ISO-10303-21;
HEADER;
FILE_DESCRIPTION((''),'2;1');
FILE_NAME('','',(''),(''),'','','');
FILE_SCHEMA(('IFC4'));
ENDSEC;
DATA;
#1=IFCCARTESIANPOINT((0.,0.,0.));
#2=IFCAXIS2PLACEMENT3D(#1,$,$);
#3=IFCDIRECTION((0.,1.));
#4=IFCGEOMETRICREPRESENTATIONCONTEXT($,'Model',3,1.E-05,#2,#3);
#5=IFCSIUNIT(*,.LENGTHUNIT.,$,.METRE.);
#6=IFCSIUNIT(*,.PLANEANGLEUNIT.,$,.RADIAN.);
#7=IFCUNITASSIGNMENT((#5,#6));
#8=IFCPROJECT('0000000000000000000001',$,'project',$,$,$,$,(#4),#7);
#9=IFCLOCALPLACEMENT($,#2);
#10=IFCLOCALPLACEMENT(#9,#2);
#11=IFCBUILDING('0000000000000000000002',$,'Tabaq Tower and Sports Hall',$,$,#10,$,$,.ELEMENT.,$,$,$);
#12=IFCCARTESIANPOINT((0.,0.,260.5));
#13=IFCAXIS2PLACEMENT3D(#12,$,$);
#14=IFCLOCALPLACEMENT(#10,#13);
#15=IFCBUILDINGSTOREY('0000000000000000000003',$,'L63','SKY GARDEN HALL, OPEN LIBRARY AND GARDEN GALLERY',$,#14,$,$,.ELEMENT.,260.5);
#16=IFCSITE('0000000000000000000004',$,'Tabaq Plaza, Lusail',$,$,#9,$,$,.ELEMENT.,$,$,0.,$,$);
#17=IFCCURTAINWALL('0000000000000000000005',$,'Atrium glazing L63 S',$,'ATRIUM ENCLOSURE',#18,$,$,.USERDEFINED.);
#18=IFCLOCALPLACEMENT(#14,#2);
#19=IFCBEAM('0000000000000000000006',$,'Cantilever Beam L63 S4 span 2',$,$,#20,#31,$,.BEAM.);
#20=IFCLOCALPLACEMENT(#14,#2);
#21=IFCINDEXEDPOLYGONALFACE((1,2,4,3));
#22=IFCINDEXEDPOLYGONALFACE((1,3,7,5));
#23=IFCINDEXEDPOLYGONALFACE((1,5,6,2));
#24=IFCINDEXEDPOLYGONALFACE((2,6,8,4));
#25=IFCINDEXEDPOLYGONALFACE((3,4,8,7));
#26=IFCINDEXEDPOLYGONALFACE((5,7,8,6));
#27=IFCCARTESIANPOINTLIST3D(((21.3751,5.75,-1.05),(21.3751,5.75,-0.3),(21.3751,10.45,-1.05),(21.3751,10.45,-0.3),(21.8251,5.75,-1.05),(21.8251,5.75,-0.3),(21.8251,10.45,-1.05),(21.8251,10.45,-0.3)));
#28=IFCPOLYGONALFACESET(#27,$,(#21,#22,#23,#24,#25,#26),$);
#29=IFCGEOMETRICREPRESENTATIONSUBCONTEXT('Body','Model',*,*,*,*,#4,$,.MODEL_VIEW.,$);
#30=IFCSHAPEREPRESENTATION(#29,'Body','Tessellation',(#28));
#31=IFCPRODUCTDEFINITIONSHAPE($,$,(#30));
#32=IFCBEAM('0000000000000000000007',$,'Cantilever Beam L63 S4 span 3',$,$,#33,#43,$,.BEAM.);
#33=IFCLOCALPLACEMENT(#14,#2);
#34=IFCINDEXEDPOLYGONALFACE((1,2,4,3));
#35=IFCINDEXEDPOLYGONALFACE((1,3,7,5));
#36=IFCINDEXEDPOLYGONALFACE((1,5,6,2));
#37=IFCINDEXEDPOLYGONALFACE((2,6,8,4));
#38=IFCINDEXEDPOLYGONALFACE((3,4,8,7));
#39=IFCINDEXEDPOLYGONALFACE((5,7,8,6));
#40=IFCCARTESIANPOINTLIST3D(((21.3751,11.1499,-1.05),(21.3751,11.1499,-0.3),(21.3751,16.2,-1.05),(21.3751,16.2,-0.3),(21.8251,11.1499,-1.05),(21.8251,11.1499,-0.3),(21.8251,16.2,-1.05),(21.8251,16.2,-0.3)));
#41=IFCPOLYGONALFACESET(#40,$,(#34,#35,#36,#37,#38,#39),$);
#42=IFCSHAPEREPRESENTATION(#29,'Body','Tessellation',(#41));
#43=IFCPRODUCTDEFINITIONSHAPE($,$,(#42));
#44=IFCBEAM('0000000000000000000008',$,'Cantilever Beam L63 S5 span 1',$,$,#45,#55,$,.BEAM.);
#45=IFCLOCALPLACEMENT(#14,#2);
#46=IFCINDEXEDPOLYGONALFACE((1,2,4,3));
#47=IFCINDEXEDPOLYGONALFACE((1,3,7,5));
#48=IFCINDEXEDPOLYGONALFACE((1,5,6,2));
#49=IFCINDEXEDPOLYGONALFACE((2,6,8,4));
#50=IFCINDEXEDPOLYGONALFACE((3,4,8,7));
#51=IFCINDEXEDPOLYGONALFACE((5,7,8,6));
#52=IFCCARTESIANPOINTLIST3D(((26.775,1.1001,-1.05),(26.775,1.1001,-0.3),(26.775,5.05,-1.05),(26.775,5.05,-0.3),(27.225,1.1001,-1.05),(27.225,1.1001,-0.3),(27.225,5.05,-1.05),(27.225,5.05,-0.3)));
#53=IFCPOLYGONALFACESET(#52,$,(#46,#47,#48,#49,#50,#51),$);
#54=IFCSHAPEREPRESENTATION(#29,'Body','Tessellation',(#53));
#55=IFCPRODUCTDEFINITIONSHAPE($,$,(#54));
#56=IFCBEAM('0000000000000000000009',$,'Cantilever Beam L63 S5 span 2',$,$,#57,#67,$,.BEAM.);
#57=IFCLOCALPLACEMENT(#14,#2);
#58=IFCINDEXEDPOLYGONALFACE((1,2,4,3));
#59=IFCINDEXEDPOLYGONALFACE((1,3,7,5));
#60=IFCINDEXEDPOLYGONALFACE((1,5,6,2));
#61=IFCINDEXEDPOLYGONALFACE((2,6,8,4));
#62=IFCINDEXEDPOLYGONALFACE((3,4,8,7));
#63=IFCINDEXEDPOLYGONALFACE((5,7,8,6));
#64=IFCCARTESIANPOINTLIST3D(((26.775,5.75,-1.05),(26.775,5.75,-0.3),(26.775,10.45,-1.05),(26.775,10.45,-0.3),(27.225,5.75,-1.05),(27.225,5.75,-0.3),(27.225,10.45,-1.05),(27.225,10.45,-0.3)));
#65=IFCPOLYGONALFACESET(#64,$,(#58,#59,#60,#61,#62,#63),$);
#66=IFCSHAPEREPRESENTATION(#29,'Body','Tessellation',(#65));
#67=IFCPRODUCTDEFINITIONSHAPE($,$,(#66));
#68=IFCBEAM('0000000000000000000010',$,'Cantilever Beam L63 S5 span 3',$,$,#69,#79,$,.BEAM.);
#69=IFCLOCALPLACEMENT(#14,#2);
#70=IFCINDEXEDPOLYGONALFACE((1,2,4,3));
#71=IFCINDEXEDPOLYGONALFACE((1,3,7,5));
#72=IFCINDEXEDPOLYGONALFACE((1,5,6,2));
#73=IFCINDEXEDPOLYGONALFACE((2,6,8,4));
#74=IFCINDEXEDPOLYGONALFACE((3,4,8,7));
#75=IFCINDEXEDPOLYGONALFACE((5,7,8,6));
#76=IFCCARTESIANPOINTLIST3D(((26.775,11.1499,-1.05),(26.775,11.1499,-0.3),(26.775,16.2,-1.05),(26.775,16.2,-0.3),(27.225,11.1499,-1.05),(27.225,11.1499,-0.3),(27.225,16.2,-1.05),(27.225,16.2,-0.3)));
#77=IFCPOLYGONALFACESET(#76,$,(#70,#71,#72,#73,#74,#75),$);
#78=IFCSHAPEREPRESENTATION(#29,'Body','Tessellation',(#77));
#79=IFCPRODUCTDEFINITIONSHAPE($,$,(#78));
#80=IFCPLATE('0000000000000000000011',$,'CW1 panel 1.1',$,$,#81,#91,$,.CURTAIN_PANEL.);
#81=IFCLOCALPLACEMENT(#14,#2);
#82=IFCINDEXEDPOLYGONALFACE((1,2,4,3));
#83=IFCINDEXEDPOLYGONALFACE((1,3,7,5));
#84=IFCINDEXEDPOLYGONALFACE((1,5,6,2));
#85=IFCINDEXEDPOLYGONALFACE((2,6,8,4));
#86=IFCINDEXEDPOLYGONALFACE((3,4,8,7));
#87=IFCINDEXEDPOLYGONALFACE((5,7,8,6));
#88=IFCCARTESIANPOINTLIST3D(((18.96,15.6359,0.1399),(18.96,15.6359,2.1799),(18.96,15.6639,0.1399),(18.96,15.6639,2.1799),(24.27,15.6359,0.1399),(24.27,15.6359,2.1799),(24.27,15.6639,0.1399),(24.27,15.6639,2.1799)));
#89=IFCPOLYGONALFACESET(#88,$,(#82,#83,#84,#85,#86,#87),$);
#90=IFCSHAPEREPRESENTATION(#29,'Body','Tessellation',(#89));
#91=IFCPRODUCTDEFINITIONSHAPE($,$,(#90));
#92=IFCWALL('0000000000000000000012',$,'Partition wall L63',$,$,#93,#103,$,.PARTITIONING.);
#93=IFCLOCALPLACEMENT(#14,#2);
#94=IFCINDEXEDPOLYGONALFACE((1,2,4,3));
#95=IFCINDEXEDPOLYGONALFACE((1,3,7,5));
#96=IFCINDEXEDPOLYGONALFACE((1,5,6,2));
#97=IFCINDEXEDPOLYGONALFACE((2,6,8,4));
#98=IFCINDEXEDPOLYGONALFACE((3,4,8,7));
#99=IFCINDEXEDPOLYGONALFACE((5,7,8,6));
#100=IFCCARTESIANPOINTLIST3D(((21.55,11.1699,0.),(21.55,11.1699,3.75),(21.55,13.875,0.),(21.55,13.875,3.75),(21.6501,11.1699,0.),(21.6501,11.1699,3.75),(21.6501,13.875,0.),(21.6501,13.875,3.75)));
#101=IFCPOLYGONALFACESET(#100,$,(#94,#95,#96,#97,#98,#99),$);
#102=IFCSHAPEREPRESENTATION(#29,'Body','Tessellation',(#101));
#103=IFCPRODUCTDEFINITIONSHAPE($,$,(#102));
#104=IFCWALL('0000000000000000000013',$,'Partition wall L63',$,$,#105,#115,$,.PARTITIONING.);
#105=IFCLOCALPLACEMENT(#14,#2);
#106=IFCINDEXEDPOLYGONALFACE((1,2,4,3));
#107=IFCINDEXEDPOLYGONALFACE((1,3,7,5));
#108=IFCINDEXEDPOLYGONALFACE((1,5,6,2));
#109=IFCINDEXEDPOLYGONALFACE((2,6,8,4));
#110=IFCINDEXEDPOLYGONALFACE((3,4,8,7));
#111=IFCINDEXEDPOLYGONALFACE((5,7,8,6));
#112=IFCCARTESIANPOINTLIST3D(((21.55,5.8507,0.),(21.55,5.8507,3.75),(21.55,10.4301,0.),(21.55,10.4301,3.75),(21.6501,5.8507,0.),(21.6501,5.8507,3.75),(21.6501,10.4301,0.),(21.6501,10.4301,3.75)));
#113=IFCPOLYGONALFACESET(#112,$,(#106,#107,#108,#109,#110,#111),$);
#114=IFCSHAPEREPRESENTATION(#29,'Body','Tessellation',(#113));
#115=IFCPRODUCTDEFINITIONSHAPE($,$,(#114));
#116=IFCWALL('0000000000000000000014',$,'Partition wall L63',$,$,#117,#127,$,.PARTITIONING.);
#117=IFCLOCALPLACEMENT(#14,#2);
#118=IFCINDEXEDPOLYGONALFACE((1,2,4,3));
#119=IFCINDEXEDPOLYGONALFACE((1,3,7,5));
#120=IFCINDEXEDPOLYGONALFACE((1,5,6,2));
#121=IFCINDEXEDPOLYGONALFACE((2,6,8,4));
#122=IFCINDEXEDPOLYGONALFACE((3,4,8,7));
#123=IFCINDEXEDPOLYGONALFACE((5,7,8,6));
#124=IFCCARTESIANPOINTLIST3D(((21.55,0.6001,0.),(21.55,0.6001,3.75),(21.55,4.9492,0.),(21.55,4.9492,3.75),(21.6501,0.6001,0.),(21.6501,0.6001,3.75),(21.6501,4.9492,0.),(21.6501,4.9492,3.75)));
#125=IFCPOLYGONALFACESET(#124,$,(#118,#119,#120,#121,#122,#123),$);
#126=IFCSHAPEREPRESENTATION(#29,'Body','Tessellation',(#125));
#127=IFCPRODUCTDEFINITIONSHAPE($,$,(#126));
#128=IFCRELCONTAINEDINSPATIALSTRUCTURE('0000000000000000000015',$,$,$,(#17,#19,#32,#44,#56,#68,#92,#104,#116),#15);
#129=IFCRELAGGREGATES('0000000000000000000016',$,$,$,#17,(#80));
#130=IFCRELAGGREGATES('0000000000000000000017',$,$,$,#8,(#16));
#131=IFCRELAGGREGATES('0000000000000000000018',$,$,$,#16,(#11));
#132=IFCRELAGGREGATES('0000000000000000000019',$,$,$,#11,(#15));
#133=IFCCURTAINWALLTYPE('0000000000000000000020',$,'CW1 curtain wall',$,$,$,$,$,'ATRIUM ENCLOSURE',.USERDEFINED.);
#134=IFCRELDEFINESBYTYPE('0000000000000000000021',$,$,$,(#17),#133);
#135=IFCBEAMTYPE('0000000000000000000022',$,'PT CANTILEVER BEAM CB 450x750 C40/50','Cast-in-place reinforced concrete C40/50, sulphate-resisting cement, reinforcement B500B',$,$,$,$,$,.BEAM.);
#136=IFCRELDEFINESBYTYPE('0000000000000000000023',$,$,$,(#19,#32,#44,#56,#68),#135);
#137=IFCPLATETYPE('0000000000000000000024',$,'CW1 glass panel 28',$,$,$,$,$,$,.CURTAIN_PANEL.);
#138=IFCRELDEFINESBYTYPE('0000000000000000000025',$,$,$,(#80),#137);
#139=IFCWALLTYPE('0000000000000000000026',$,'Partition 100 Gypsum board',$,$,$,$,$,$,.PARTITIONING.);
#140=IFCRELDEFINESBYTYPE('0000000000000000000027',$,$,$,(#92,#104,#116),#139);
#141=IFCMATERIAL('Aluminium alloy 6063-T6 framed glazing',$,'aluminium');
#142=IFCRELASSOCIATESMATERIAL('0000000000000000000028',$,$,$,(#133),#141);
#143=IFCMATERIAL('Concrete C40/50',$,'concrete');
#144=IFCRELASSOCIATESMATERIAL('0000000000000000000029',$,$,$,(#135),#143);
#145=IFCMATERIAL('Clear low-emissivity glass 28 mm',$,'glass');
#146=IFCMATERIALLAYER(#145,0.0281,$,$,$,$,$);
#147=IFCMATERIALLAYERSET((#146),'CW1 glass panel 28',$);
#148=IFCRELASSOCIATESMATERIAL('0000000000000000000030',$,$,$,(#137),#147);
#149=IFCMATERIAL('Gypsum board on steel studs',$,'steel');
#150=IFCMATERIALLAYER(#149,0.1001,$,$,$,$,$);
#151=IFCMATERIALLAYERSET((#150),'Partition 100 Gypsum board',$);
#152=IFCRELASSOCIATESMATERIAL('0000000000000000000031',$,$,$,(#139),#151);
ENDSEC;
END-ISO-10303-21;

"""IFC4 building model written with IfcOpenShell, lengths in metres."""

from ifc_helpers import new_model, si_unit, direction, frame, frame_2d, origin, origin_2d, place, context, subcontext, project, spatial, rectangle, extrude, material, layer, layer_set, material_profile, profile_set, type_object, element, aggregate, save


model = new_model("IFC4")

# Units and contexts
model_context = context("Model", 3, precision=1e-05, world=origin(), true_north=direction((0.0, 1.0)))
body_context = subcontext(model_context, "Body", "Model", "MODEL_VIEW")
ifc_project = project(units=[si_unit("LENGTHUNIT", "METRE"), si_unit("PLANEANGLEUNIT", "RADIAN")], contexts=[model_context])

# Site, building, storey
site_placement = place(None, origin())
site = spatial("IfcSite", under=ifc_project, at=site_placement, Name="Tabaq Plaza, Lusail", CompositionType="ELEMENT", RefElevation=0.0)
building_placement = place(site_placement, origin())
building = spatial("IfcBuilding", under=site, at=building_placement, Name="Tabaq Tower and Sports Hall", CompositionType="ELEMENT")
storey_placement = place(building_placement, frame((0.0, 0.0, 260.5)))
storey = spatial("IfcBuildingStorey", under=building, at=storey_placement, Name="L63", Description="SKY GARDEN HALL, OPEN LIBRARY AND GARDEN GALLERY", CompositionType="ELEMENT", Elevation=260.5)

# Curtain wall
ifc_material_1 = material(Name="Aluminium alloy 6063-T6 framed glazing", Category="aluminium")
curtain_wall_type = type_object("IfcCurtainWallType", Name="CW1 curtain wall", ElementType="ATRIUM ENCLOSURE", PredefinedType="USERDEFINED", material=ifc_material_1)
curtain_wall_placement = place(storey_placement, origin())
curtain_wall = element("IfcCurtainWall", 1, at=curtain_wall_placement, inside=storey, type_object=curtain_wall_type, Name="Atrium glazing L63 S", ObjectType="ATRIUM ENCLOSURE", PredefinedType="USERDEFINED")

# Beams
ifc_material_2 = material(Name="Concrete C40/50", Category="concrete")
ifc_material_profile_1 = material_profile(ifc_material_2, rectangle(XDim=0.45, YDim=0.75, at=origin_2d()), Name="CB 450x750")
ifc_profile_set_1 = profile_set([ifc_material_profile_1], Name="Concrete C40/50")
beam_type = type_object("IfcBeamType", Name="PT CANTILEVER BEAM CB 450x750 C40/50", Description="Cast-in-place reinforced concrete C40/50, sulphate-resisting cement, reinforcement B500B", PredefinedType="BEAM", material=ifc_profile_set_1)
beam_1_placement = place(storey_placement, frame((21.6001, 5.75, -0.675), z_axis=(0.0, 1.0, 0.0), x_axis=(-1.0, 0.0, 0.0)))
element("IfcBeam", 2, at=beam_1_placement, inside=storey, type_object=beam_type, Name="Cantilever Beam L63 S4 span 2", PredefinedType="BEAM", context=body_context, shape_type="SweptSolid", body=[
    extrude(rectangle(XDim=0.45, YDim=0.75, at=origin_2d()), origin(), (0.0, 0.0, 1.0), 4.7),
])
beam_2_placement = place(storey_placement, frame((21.6001, 11.1499, -0.675), z_axis=(0.0, 1.0, 0.0), x_axis=(-1.0, 0.0, 0.0)))
element("IfcBeam", 3, at=beam_2_placement, inside=storey, type_object=beam_type, Name="Cantilever Beam L63 S4 span 3", PredefinedType="BEAM", context=body_context, shape_type="SweptSolid", body=[
    extrude(rectangle(XDim=0.45, YDim=0.75, at=origin_2d()), origin(), (0.0, 0.0, 1.0), 5.05),
])
beam_3_placement = place(storey_placement, frame((27.0, 1.1001, -0.675), z_axis=(0.0, 1.0, 0.0), x_axis=(-1.0, 0.0, 0.0)))
element("IfcBeam", 4, at=beam_3_placement, inside=storey, type_object=beam_type, Name="Cantilever Beam L63 S5 span 1", PredefinedType="BEAM", context=body_context, shape_type="SweptSolid", body=[
    extrude(rectangle(XDim=0.45, YDim=0.75, at=origin_2d()), origin(), (0.0, 0.0, 1.0), 3.95),
])
beam_4_placement = place(storey_placement, frame((27.0, 5.75, -0.675), z_axis=(0.0, 1.0, 0.0), x_axis=(-1.0, 0.0, 0.0)))
element("IfcBeam", 5, at=beam_4_placement, inside=storey, type_object=beam_type, Name="Cantilever Beam L63 S5 span 2", PredefinedType="BEAM", context=body_context, shape_type="SweptSolid", body=[
    extrude(rectangle(XDim=0.45, YDim=0.75, at=origin_2d()), origin(), (0.0, 0.0, 1.0), 4.7),
])
beam_5_placement = place(storey_placement, frame((27.0, 11.1499, -0.675), z_axis=(0.0, 1.0, 0.0), x_axis=(-1.0, 0.0, 0.0)))
element("IfcBeam", 6, at=beam_5_placement, inside=storey, type_object=beam_type, Name="Cantilever Beam L63 S5 span 3", PredefinedType="BEAM", context=body_context, shape_type="SweptSolid", body=[
    extrude(rectangle(XDim=0.45, YDim=0.75, at=origin_2d()), origin(), (0.0, 0.0, 1.0), 5.05),
])

# Plate
ifc_material_3 = material(Name="Clear low-emissivity glass 28 mm", Category="glass")
ifc_layer_1 = layer(ifc_material_3, 0.0281)
ifc_layer_set_1 = layer_set([ifc_layer_1], Name="CW1 glass panel 28")
plate_type = type_object("IfcPlateType", Name="CW1 glass panel 28", PredefinedType="CURTAIN_PANEL", material=ifc_layer_set_1)
plate_placement = place(storey_placement, frame((21.615, 15.6499, 0.1399), z_axis=(0.0, 0.0, 1.0), x_axis=(1.0, 0.0, 0.0)))
plate = element("IfcPlate", 7, at=plate_placement, type_object=plate_type, Name="CW1 panel 1.1", PredefinedType="CURTAIN_PANEL", context=body_context, shape_type="SweptSolid", body=[
    extrude(rectangle(XDim=5.3101, YDim=0.0281, at=origin_2d()), origin(), (0.0, 0.0, 1.0), 2.04),
])
aggregate(curtain_wall, [plate])

# Walls
ifc_material_4 = material(Name="Gypsum board on steel studs", Category="steel")
ifc_layer_2 = layer(ifc_material_4, 0.1001)
ifc_layer_set_2 = layer_set([ifc_layer_2], Name="Partition 100 Gypsum board")
wall_type = type_object("IfcWallType", Name="Partition 100 Gypsum board", PredefinedType="PARTITIONING", material=ifc_layer_set_2)
wall_1_placement = place(storey_placement, frame((21.6001, 13.875, 0.0), z_axis=(0.0, 0.0, 1.0), x_axis=(0.0, -1.0, 0.0)))
element("IfcWall", 8, at=wall_1_placement, inside=storey, type_object=wall_type, Name="Partition wall L63", PredefinedType="PARTITIONING", context=body_context, shape_type="SweptSolid", body=[
    extrude(rectangle(XDim=2.7051, YDim=0.1001, at=frame_2d((1.3525, 0.0))), origin(), (0.0, 0.0, 1.0), 3.75),
])
wall_2_placement = place(storey_placement, frame((21.6001, 10.4299, 0.0), z_axis=(0.0, 0.0, 1.0), x_axis=(0.0, -1.0, 0.0)))
element("IfcWall", 9, at=wall_2_placement, inside=storey, type_object=wall_type, Name="Partition wall L63", PredefinedType="PARTITIONING", context=body_context, shape_type="SweptSolid", body=[
    extrude(rectangle(XDim=4.5793, YDim=0.1001, at=frame_2d((2.2896, 0.0))), origin(), (0.0, 0.0, 1.0), 3.75),
])
wall_3_placement = place(storey_placement, frame((21.6001, 4.9492, 0.0), z_axis=(0.0, 0.0, 1.0), x_axis=(0.0, -1.0, 0.0)))
element("IfcWall", 10, at=wall_3_placement, inside=storey, type_object=wall_type, Name="Partition wall L63", PredefinedType="PARTITIONING", context=body_context, shape_type="SweptSolid", body=[
    extrude(rectangle(XDim=4.3491, YDim=0.1001, at=frame_2d((2.1746, 0.0))), origin(), (0.0, 0.0, 1.0), 3.75),
])

save(model, "model.ifc")
